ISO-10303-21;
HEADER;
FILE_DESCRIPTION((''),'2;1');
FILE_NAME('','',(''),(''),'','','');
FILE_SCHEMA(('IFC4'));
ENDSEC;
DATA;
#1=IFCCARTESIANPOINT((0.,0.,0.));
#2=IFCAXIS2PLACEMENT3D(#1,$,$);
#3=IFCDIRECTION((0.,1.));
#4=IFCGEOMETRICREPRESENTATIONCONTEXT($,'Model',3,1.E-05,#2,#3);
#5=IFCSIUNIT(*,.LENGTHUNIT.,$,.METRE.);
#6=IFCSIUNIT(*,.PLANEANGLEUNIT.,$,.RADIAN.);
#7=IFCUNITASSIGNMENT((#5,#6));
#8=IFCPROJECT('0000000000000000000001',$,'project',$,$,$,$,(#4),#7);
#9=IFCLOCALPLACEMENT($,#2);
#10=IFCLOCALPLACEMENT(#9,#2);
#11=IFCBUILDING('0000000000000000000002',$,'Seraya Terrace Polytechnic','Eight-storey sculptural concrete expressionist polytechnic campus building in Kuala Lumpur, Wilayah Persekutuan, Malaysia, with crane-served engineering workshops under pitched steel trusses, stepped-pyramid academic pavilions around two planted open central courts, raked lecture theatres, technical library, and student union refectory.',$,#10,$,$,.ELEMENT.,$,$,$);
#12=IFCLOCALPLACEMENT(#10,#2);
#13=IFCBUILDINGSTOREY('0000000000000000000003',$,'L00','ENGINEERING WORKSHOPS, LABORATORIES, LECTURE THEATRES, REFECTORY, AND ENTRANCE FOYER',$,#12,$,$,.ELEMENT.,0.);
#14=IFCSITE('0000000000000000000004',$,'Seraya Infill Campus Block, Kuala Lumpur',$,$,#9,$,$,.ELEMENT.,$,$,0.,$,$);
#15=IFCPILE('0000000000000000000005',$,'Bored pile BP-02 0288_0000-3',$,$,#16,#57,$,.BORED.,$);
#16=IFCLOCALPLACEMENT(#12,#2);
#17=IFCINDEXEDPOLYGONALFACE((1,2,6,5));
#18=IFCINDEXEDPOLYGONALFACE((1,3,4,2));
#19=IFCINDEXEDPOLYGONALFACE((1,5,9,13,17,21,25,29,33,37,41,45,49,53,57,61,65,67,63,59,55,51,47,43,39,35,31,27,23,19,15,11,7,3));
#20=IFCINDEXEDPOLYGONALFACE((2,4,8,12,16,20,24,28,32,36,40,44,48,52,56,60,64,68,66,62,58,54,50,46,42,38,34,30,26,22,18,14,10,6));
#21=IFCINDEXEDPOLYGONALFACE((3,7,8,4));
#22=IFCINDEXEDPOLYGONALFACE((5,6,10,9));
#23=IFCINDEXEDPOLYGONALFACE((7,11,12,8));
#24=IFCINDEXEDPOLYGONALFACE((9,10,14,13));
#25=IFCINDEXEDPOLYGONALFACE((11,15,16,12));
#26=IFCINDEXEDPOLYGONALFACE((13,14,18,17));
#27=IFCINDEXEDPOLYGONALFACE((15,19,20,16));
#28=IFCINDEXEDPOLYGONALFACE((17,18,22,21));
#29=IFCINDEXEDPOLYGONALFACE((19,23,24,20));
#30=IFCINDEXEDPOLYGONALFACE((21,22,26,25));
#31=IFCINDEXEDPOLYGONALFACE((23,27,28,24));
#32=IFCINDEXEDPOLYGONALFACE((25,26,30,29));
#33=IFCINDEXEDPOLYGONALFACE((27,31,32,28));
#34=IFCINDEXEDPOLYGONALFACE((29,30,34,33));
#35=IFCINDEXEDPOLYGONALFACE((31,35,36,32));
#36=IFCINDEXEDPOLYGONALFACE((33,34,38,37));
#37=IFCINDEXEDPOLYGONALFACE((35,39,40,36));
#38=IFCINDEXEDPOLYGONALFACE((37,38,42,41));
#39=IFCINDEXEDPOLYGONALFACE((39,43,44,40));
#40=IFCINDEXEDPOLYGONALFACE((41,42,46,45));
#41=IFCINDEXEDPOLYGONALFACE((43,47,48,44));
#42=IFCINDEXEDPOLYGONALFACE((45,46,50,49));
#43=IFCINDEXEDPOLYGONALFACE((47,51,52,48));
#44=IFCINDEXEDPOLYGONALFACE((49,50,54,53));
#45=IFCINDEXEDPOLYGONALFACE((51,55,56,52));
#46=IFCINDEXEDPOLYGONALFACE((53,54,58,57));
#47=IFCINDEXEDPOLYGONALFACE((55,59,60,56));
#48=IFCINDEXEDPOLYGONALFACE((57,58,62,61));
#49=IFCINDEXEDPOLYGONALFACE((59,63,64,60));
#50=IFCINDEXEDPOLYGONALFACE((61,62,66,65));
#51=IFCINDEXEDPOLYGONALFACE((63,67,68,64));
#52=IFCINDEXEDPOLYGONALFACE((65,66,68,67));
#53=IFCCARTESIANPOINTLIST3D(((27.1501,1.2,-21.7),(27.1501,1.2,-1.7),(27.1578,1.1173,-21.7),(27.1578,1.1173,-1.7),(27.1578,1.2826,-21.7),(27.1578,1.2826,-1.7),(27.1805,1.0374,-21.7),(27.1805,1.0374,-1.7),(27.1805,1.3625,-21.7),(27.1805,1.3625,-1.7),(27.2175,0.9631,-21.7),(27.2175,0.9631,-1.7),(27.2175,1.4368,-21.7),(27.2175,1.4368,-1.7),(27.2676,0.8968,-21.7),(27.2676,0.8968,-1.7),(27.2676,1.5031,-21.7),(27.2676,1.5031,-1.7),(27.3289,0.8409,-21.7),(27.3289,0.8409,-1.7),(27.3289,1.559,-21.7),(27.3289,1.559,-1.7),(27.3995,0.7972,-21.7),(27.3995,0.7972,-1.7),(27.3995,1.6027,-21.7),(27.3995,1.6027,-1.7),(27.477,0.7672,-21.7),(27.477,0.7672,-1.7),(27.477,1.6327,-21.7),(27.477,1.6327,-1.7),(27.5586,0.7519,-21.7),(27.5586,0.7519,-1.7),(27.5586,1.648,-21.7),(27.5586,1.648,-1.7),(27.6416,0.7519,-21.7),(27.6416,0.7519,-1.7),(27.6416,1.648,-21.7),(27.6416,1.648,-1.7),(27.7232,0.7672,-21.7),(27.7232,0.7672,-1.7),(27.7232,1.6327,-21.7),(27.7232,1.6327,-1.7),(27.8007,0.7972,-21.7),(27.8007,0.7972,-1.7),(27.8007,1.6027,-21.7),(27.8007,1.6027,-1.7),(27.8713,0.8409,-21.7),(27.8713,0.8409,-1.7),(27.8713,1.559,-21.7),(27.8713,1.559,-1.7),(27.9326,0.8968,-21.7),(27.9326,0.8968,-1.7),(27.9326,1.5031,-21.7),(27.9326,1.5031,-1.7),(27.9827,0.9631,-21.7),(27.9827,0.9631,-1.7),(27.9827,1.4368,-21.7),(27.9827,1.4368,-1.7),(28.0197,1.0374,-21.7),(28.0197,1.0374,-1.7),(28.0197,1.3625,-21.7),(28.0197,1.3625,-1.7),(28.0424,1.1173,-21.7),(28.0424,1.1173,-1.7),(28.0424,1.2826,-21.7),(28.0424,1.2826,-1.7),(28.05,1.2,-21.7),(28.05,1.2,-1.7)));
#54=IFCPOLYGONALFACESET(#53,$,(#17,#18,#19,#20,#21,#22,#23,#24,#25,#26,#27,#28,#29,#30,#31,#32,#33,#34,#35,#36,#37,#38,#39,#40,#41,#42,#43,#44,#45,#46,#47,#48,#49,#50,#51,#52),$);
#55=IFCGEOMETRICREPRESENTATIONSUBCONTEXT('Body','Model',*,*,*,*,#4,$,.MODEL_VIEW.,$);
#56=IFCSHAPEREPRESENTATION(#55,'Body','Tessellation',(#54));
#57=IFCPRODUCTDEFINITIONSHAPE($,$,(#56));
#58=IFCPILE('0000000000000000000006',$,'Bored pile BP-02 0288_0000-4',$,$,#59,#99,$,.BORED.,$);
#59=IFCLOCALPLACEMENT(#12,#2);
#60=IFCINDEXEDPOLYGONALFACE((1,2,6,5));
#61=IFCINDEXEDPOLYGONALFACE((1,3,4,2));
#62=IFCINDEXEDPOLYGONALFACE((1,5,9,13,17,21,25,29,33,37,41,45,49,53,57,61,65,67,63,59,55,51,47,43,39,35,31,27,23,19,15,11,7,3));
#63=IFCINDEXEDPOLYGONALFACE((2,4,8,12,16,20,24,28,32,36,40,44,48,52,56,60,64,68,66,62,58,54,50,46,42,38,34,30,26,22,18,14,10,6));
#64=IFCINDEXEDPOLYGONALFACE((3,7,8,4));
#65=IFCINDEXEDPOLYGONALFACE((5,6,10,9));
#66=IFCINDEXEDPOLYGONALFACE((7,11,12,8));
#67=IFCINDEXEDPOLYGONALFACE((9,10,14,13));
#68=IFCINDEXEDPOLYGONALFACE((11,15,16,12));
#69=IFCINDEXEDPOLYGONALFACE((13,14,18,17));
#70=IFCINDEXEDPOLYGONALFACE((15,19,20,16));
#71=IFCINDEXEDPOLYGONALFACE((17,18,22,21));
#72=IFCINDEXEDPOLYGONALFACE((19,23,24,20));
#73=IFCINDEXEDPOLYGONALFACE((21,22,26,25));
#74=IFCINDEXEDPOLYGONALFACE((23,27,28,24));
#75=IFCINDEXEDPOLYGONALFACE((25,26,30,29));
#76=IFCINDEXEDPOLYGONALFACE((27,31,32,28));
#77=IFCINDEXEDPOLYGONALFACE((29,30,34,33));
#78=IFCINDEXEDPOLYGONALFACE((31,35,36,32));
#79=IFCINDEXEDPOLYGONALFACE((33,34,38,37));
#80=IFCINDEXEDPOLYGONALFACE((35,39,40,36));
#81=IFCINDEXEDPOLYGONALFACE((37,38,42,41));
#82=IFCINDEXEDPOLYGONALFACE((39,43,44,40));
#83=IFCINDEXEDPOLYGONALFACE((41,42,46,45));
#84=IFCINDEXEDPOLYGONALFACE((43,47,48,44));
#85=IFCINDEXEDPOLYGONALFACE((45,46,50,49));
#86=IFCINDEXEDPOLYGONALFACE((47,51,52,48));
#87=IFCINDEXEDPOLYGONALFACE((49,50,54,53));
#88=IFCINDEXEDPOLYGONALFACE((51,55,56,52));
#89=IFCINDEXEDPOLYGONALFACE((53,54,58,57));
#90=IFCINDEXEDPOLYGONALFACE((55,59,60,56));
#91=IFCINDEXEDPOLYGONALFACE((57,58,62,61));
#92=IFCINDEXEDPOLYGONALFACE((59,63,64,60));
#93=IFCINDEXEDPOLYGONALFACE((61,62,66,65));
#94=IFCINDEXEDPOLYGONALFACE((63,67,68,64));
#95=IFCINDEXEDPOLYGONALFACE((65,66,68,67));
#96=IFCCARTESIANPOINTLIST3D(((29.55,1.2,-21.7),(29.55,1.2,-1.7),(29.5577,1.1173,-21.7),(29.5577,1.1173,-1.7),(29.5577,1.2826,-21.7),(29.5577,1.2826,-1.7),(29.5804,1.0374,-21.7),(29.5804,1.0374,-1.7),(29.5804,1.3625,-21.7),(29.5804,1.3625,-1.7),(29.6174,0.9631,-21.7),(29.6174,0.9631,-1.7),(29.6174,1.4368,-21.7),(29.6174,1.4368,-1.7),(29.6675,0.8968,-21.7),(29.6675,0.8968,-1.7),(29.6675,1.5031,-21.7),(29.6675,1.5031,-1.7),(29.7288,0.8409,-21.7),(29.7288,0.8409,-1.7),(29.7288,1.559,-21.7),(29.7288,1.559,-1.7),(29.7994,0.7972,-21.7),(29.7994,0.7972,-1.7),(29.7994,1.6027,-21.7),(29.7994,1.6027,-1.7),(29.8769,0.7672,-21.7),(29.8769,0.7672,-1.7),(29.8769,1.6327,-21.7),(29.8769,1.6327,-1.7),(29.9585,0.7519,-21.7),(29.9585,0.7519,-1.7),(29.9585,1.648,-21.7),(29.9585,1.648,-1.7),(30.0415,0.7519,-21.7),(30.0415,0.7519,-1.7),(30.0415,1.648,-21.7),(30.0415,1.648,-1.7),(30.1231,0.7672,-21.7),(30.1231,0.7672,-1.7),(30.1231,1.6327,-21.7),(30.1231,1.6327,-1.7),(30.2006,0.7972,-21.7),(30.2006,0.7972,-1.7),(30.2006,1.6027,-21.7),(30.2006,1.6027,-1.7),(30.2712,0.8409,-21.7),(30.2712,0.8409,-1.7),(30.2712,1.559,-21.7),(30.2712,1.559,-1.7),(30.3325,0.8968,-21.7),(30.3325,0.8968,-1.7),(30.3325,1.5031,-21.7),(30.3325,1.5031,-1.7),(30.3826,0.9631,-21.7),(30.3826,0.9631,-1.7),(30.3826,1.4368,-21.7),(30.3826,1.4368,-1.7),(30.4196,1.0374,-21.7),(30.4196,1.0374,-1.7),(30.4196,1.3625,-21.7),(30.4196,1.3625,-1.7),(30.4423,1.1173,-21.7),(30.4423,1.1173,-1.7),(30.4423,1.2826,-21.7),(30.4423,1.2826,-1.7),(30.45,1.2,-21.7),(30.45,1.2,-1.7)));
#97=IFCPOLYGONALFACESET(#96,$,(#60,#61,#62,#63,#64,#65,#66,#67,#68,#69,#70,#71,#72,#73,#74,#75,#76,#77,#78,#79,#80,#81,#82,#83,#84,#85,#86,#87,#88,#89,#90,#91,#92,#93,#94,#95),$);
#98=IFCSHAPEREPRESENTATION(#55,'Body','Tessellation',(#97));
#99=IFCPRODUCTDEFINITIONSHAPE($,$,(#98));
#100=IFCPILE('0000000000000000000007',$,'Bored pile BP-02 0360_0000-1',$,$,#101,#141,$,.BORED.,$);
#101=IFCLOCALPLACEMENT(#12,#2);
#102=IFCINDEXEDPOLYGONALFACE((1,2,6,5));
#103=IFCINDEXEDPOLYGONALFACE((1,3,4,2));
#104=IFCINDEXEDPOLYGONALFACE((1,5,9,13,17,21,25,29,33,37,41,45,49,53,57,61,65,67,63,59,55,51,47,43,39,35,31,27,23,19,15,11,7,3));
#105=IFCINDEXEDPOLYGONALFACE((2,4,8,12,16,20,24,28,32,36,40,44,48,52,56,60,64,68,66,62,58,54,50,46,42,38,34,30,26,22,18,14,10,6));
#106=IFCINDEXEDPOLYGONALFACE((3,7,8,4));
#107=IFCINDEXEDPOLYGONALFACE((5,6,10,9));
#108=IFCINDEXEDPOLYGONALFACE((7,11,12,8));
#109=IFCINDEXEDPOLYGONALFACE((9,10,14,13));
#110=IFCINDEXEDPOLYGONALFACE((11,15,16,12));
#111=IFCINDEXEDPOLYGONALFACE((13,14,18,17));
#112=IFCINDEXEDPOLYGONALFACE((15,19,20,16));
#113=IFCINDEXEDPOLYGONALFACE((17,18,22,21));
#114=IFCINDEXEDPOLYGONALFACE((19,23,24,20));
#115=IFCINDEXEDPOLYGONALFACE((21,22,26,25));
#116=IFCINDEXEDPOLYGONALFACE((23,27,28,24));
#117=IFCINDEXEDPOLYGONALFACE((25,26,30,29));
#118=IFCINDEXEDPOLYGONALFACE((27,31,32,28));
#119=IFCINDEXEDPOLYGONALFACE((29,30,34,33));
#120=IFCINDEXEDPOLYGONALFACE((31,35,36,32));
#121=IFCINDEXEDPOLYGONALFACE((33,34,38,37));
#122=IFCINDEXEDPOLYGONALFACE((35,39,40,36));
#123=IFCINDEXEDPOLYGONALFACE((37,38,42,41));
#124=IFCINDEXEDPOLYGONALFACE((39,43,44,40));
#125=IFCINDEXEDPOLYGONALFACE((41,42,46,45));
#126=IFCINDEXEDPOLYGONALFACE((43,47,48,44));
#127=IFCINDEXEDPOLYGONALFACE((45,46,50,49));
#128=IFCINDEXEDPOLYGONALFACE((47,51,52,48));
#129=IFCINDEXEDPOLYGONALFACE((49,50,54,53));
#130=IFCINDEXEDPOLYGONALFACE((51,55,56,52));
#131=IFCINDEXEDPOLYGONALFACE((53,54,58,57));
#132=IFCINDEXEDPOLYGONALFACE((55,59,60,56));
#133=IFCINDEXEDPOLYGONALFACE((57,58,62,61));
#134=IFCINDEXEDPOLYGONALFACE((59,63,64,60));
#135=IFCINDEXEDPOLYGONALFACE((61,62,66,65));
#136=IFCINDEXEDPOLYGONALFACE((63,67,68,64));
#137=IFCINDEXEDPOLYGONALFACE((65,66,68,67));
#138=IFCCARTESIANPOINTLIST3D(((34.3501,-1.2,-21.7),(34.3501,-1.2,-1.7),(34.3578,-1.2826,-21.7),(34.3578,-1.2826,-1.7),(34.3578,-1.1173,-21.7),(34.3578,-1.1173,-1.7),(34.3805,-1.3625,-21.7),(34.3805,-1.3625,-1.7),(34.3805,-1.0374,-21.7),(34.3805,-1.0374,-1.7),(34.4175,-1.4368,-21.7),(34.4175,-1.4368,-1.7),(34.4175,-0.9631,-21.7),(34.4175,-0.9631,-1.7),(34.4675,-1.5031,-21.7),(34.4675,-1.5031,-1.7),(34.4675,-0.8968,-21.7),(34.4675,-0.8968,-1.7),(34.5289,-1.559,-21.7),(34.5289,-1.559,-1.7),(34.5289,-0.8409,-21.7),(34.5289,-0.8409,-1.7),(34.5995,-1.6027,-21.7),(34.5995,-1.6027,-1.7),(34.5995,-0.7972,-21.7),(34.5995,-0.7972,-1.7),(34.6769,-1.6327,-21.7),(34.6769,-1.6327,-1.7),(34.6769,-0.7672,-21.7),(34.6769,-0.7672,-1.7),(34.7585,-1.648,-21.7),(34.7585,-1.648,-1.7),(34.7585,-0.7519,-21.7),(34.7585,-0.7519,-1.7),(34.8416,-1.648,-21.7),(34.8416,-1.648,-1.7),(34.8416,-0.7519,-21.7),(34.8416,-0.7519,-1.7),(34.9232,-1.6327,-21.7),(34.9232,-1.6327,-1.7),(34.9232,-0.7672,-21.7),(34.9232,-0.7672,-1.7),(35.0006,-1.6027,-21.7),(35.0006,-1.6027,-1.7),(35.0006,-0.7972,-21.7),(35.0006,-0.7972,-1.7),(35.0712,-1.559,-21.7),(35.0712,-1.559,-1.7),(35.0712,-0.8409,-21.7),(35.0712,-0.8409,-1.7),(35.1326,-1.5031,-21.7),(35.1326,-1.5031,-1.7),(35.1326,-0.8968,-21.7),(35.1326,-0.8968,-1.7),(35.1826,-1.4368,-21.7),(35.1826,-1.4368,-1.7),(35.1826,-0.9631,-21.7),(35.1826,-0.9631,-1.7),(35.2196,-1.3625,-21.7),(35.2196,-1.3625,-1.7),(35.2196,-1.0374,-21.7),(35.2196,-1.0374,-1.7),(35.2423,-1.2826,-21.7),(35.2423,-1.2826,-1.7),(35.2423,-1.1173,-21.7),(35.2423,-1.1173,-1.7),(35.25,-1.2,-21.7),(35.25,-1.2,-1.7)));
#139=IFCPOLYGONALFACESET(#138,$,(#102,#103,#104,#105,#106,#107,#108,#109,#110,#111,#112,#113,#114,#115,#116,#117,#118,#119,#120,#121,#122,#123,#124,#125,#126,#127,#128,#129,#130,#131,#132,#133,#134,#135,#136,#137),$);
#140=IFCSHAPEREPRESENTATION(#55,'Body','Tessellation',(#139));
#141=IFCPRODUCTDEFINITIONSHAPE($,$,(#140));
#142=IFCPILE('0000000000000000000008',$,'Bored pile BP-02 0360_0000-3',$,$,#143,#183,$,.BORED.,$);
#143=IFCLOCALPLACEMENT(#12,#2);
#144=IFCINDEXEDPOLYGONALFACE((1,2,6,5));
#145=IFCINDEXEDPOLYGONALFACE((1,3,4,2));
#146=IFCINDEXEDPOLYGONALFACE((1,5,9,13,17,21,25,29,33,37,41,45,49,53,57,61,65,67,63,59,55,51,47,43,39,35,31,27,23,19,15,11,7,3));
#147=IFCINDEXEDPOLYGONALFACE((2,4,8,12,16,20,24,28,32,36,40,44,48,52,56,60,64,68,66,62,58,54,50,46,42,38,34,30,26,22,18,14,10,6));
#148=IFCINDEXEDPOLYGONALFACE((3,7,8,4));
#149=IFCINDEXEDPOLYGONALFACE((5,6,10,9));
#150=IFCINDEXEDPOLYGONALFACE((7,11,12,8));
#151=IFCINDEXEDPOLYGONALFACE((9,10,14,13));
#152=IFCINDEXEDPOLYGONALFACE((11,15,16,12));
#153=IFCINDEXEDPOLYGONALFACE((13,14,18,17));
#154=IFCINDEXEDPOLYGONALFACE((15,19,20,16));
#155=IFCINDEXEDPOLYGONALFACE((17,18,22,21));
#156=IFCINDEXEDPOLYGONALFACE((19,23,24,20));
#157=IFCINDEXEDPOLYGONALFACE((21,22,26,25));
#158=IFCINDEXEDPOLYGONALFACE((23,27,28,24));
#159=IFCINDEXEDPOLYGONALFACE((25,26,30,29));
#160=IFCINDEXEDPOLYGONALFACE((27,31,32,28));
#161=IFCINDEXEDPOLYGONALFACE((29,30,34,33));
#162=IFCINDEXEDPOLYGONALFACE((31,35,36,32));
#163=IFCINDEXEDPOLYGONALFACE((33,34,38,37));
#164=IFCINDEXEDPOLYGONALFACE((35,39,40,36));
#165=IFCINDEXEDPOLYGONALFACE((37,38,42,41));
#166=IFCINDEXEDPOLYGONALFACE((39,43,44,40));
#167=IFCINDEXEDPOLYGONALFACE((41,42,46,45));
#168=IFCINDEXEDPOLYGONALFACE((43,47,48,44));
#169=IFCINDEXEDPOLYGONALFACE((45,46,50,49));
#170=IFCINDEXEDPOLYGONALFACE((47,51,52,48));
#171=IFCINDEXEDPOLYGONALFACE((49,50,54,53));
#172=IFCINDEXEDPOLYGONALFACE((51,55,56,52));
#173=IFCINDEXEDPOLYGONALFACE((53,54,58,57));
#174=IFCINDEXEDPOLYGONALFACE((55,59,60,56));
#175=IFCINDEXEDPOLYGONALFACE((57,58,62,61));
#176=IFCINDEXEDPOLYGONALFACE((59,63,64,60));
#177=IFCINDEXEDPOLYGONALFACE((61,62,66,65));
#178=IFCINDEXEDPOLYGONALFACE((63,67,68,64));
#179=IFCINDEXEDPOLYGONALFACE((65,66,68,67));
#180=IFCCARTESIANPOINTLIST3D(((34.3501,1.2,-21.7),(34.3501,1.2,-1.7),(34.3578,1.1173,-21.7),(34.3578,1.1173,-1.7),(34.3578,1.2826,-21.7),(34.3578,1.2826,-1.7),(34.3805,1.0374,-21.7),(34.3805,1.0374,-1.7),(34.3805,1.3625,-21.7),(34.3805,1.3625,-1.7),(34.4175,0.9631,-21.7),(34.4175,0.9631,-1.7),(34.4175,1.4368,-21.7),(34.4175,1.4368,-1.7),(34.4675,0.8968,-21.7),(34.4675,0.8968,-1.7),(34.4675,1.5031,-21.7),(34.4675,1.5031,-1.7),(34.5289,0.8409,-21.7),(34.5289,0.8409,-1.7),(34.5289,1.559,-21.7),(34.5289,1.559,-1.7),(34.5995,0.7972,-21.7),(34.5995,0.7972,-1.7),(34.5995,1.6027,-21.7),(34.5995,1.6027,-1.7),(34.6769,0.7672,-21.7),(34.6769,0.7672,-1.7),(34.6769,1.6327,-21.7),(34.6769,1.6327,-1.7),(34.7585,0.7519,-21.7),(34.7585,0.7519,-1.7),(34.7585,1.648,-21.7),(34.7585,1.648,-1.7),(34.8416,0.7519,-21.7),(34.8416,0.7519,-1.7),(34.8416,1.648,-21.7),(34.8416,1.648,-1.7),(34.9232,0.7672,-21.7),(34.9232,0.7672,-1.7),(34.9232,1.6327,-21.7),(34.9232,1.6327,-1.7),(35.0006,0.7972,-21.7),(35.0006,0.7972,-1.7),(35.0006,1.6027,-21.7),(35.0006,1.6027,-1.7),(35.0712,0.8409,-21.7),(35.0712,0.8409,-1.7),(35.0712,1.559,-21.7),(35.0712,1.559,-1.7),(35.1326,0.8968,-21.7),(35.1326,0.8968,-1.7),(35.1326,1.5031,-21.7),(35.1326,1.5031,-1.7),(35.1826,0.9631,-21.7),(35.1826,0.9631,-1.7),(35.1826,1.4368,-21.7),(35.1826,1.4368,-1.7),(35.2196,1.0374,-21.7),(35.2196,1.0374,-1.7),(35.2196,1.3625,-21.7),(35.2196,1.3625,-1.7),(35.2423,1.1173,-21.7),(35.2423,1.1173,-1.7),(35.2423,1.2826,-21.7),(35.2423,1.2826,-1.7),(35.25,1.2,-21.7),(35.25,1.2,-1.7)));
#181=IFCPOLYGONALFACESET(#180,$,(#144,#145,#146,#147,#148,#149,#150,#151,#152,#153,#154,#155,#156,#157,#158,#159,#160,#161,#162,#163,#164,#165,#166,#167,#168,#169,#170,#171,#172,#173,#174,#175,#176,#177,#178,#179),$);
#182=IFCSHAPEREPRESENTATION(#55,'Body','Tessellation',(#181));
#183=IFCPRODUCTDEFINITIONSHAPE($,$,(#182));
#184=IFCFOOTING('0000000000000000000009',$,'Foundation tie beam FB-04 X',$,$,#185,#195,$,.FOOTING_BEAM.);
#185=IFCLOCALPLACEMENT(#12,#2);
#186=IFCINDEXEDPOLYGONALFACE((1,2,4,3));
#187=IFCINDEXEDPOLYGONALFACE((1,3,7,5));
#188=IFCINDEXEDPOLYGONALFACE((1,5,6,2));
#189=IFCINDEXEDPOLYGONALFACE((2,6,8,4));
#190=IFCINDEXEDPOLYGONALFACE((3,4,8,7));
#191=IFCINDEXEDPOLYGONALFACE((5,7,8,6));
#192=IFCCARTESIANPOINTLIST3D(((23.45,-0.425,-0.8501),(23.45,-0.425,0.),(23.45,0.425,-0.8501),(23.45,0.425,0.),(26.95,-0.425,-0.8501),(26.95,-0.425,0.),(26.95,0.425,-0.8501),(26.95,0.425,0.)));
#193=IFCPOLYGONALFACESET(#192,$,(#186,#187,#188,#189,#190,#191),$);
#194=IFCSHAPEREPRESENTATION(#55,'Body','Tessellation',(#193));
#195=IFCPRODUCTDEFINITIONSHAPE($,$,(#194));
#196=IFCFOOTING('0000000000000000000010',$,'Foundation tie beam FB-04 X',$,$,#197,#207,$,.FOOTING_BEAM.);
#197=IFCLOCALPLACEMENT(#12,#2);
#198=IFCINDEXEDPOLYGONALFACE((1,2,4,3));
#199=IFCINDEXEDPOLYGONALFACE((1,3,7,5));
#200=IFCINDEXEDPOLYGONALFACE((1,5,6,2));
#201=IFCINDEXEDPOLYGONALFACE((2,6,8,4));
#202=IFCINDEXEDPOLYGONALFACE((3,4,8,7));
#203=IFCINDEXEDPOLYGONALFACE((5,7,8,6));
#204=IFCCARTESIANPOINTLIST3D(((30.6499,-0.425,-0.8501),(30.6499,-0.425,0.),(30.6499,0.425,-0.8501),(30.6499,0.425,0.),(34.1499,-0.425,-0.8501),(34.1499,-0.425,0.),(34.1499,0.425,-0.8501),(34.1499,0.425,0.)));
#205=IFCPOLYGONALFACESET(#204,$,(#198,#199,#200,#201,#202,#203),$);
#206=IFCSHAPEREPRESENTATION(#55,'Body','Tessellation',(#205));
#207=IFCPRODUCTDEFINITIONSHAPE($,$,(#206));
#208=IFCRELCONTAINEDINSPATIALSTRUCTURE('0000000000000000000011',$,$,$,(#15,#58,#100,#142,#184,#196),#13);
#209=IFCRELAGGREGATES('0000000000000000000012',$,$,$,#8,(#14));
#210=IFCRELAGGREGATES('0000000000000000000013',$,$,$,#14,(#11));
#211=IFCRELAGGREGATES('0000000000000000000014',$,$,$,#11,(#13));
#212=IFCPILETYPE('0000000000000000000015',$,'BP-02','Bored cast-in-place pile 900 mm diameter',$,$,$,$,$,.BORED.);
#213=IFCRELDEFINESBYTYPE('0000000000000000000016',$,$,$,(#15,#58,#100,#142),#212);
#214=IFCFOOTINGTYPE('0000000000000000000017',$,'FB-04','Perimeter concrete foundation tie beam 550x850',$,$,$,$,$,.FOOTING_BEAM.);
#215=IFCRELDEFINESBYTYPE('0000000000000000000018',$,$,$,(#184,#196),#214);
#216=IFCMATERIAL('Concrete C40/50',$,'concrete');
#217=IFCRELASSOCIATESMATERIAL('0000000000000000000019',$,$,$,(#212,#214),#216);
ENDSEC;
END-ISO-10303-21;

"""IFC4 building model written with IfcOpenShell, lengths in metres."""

from ifc_helpers import new_model, si_unit, direction, frame, origin, origin_2d, place, context, subcontext, project, spatial, rectangle, circle, extrude, material, material_profile, profile_set, type_object, element, save


model = new_model("IFC4")

# Units and contexts
model_context = context("Model", 3, precision=1e-05, world=origin(), true_north=direction((0.0, 1.0)))
body_context = subcontext(model_context, "Body", "Model", "MODEL_VIEW")
ifc_project = project(units=[si_unit("LENGTHUNIT", "METRE"), si_unit("PLANEANGLEUNIT", "RADIAN")], contexts=[model_context])

# Site, building, storey
site_placement = place(None, origin())
site = spatial("IfcSite", under=ifc_project, at=site_placement, Name="Seraya Infill Campus Block, Kuala Lumpur", CompositionType="ELEMENT", RefElevation=0.0)
building_placement = place(site_placement, origin())
building = spatial("IfcBuilding", under=site, at=building_placement, Name="Seraya Terrace Polytechnic", Description="Eight-storey sculptural concrete expressionist polytechnic campus building in Kuala Lumpur, Wilayah Persekutuan, Malaysia, with crane-served engineering workshops under pitched steel trusses, stepped-pyramid academic pavilions around two planted open central courts, raked lecture theatres, technical library, and student union refectory.", CompositionType="ELEMENT")
storey_placement = place(building_placement, origin())
storey = spatial("IfcBuildingStorey", under=building, at=storey_placement, Name="L00", Description="ENGINEERING WORKSHOPS, LABORATORIES, LECTURE THEATRES, REFECTORY, AND ENTRANCE FOYER", CompositionType="ELEMENT", Elevation=0.0)

# Piles
ifc_material_1 = material(Name="Concrete C40/50", Category="concrete")
ifc_material_profile_1 = material_profile(ifc_material_1, circle(Radius=0.45, at=origin_2d()), Name="DIA 900")
ifc_profile_set_1 = profile_set([ifc_material_profile_1], Name="Concrete C40/50")
pile_type = type_object("IfcPileType", Name="BP-02", Description="Bored cast-in-place pile 900 mm diameter", PredefinedType="BORED", material=ifc_profile_set_1)
for number, where, z_axis, x_axis, name in (
    (1, (27.6001, 1.2, -1.7), (0.0, 0.0, -1.0), (1.0, 0.0, 0.0), "Bored pile BP-02 0288_0000-3"),
    (2, (30.0, 1.2, -1.7), (0.0, 0.0, -1.0), (1.0, 0.0, 0.0), "Bored pile BP-02 0288_0000-4"),
    (3, (34.8, -1.2, -1.7), (0.0, 0.0, -1.0), (1.0, 0.0, 0.0), "Bored pile BP-02 0360_0000-1"),
    (4, (34.8, 1.2, -1.7), (0.0, 0.0, -1.0), (1.0, 0.0, 0.0), "Bored pile BP-02 0360_0000-3"),
):
    element("IfcPile", number, at=place(storey_placement, frame(where, z_axis=z_axis, x_axis=x_axis)), inside=storey, type_object=pile_type, Name=name, PredefinedType="BORED", context=body_context, shape_type="SweptSolid", body=[
        extrude(circle(Radius=0.45, at=origin_2d()), origin(), (0.0, 0.0, 1.0), 20.0),
    ])

# Footings
footing_type_1 = type_object("IfcFootingType", Name="FB-04", Description="Perimeter concrete foundation tie beam 550x850", PredefinedType="FOOTING_BEAM", material=ifc_material_1)
for number, where, z_axis, x_axis, name in (
    (5, (25.2, 0.0, -0.8501), (0.0, 0.0, 1.0), (1.0, 0.0, 0.0), "Foundation tie beam FB-04 X"),
    (6, (32.3999, 0.0, -0.8501), (0.0, 0.0, 1.0), (1.0, 0.0, 0.0), "Foundation tie beam FB-04 X"),
):
    element("IfcFooting", number, at=place(storey_placement, frame(where, z_axis=z_axis, x_axis=x_axis)), inside=storey, type_object=footing_type_1, Name=name, PredefinedType="FOOTING_BEAM", context=body_context, shape_type="SweptSolid", body=[
        extrude(rectangle(XDim=3.5, YDim=0.8501, at=origin_2d()), origin(), (0.0, 0.0, 1.0), 0.8501),
    ])

save(model, "model.ifc")
